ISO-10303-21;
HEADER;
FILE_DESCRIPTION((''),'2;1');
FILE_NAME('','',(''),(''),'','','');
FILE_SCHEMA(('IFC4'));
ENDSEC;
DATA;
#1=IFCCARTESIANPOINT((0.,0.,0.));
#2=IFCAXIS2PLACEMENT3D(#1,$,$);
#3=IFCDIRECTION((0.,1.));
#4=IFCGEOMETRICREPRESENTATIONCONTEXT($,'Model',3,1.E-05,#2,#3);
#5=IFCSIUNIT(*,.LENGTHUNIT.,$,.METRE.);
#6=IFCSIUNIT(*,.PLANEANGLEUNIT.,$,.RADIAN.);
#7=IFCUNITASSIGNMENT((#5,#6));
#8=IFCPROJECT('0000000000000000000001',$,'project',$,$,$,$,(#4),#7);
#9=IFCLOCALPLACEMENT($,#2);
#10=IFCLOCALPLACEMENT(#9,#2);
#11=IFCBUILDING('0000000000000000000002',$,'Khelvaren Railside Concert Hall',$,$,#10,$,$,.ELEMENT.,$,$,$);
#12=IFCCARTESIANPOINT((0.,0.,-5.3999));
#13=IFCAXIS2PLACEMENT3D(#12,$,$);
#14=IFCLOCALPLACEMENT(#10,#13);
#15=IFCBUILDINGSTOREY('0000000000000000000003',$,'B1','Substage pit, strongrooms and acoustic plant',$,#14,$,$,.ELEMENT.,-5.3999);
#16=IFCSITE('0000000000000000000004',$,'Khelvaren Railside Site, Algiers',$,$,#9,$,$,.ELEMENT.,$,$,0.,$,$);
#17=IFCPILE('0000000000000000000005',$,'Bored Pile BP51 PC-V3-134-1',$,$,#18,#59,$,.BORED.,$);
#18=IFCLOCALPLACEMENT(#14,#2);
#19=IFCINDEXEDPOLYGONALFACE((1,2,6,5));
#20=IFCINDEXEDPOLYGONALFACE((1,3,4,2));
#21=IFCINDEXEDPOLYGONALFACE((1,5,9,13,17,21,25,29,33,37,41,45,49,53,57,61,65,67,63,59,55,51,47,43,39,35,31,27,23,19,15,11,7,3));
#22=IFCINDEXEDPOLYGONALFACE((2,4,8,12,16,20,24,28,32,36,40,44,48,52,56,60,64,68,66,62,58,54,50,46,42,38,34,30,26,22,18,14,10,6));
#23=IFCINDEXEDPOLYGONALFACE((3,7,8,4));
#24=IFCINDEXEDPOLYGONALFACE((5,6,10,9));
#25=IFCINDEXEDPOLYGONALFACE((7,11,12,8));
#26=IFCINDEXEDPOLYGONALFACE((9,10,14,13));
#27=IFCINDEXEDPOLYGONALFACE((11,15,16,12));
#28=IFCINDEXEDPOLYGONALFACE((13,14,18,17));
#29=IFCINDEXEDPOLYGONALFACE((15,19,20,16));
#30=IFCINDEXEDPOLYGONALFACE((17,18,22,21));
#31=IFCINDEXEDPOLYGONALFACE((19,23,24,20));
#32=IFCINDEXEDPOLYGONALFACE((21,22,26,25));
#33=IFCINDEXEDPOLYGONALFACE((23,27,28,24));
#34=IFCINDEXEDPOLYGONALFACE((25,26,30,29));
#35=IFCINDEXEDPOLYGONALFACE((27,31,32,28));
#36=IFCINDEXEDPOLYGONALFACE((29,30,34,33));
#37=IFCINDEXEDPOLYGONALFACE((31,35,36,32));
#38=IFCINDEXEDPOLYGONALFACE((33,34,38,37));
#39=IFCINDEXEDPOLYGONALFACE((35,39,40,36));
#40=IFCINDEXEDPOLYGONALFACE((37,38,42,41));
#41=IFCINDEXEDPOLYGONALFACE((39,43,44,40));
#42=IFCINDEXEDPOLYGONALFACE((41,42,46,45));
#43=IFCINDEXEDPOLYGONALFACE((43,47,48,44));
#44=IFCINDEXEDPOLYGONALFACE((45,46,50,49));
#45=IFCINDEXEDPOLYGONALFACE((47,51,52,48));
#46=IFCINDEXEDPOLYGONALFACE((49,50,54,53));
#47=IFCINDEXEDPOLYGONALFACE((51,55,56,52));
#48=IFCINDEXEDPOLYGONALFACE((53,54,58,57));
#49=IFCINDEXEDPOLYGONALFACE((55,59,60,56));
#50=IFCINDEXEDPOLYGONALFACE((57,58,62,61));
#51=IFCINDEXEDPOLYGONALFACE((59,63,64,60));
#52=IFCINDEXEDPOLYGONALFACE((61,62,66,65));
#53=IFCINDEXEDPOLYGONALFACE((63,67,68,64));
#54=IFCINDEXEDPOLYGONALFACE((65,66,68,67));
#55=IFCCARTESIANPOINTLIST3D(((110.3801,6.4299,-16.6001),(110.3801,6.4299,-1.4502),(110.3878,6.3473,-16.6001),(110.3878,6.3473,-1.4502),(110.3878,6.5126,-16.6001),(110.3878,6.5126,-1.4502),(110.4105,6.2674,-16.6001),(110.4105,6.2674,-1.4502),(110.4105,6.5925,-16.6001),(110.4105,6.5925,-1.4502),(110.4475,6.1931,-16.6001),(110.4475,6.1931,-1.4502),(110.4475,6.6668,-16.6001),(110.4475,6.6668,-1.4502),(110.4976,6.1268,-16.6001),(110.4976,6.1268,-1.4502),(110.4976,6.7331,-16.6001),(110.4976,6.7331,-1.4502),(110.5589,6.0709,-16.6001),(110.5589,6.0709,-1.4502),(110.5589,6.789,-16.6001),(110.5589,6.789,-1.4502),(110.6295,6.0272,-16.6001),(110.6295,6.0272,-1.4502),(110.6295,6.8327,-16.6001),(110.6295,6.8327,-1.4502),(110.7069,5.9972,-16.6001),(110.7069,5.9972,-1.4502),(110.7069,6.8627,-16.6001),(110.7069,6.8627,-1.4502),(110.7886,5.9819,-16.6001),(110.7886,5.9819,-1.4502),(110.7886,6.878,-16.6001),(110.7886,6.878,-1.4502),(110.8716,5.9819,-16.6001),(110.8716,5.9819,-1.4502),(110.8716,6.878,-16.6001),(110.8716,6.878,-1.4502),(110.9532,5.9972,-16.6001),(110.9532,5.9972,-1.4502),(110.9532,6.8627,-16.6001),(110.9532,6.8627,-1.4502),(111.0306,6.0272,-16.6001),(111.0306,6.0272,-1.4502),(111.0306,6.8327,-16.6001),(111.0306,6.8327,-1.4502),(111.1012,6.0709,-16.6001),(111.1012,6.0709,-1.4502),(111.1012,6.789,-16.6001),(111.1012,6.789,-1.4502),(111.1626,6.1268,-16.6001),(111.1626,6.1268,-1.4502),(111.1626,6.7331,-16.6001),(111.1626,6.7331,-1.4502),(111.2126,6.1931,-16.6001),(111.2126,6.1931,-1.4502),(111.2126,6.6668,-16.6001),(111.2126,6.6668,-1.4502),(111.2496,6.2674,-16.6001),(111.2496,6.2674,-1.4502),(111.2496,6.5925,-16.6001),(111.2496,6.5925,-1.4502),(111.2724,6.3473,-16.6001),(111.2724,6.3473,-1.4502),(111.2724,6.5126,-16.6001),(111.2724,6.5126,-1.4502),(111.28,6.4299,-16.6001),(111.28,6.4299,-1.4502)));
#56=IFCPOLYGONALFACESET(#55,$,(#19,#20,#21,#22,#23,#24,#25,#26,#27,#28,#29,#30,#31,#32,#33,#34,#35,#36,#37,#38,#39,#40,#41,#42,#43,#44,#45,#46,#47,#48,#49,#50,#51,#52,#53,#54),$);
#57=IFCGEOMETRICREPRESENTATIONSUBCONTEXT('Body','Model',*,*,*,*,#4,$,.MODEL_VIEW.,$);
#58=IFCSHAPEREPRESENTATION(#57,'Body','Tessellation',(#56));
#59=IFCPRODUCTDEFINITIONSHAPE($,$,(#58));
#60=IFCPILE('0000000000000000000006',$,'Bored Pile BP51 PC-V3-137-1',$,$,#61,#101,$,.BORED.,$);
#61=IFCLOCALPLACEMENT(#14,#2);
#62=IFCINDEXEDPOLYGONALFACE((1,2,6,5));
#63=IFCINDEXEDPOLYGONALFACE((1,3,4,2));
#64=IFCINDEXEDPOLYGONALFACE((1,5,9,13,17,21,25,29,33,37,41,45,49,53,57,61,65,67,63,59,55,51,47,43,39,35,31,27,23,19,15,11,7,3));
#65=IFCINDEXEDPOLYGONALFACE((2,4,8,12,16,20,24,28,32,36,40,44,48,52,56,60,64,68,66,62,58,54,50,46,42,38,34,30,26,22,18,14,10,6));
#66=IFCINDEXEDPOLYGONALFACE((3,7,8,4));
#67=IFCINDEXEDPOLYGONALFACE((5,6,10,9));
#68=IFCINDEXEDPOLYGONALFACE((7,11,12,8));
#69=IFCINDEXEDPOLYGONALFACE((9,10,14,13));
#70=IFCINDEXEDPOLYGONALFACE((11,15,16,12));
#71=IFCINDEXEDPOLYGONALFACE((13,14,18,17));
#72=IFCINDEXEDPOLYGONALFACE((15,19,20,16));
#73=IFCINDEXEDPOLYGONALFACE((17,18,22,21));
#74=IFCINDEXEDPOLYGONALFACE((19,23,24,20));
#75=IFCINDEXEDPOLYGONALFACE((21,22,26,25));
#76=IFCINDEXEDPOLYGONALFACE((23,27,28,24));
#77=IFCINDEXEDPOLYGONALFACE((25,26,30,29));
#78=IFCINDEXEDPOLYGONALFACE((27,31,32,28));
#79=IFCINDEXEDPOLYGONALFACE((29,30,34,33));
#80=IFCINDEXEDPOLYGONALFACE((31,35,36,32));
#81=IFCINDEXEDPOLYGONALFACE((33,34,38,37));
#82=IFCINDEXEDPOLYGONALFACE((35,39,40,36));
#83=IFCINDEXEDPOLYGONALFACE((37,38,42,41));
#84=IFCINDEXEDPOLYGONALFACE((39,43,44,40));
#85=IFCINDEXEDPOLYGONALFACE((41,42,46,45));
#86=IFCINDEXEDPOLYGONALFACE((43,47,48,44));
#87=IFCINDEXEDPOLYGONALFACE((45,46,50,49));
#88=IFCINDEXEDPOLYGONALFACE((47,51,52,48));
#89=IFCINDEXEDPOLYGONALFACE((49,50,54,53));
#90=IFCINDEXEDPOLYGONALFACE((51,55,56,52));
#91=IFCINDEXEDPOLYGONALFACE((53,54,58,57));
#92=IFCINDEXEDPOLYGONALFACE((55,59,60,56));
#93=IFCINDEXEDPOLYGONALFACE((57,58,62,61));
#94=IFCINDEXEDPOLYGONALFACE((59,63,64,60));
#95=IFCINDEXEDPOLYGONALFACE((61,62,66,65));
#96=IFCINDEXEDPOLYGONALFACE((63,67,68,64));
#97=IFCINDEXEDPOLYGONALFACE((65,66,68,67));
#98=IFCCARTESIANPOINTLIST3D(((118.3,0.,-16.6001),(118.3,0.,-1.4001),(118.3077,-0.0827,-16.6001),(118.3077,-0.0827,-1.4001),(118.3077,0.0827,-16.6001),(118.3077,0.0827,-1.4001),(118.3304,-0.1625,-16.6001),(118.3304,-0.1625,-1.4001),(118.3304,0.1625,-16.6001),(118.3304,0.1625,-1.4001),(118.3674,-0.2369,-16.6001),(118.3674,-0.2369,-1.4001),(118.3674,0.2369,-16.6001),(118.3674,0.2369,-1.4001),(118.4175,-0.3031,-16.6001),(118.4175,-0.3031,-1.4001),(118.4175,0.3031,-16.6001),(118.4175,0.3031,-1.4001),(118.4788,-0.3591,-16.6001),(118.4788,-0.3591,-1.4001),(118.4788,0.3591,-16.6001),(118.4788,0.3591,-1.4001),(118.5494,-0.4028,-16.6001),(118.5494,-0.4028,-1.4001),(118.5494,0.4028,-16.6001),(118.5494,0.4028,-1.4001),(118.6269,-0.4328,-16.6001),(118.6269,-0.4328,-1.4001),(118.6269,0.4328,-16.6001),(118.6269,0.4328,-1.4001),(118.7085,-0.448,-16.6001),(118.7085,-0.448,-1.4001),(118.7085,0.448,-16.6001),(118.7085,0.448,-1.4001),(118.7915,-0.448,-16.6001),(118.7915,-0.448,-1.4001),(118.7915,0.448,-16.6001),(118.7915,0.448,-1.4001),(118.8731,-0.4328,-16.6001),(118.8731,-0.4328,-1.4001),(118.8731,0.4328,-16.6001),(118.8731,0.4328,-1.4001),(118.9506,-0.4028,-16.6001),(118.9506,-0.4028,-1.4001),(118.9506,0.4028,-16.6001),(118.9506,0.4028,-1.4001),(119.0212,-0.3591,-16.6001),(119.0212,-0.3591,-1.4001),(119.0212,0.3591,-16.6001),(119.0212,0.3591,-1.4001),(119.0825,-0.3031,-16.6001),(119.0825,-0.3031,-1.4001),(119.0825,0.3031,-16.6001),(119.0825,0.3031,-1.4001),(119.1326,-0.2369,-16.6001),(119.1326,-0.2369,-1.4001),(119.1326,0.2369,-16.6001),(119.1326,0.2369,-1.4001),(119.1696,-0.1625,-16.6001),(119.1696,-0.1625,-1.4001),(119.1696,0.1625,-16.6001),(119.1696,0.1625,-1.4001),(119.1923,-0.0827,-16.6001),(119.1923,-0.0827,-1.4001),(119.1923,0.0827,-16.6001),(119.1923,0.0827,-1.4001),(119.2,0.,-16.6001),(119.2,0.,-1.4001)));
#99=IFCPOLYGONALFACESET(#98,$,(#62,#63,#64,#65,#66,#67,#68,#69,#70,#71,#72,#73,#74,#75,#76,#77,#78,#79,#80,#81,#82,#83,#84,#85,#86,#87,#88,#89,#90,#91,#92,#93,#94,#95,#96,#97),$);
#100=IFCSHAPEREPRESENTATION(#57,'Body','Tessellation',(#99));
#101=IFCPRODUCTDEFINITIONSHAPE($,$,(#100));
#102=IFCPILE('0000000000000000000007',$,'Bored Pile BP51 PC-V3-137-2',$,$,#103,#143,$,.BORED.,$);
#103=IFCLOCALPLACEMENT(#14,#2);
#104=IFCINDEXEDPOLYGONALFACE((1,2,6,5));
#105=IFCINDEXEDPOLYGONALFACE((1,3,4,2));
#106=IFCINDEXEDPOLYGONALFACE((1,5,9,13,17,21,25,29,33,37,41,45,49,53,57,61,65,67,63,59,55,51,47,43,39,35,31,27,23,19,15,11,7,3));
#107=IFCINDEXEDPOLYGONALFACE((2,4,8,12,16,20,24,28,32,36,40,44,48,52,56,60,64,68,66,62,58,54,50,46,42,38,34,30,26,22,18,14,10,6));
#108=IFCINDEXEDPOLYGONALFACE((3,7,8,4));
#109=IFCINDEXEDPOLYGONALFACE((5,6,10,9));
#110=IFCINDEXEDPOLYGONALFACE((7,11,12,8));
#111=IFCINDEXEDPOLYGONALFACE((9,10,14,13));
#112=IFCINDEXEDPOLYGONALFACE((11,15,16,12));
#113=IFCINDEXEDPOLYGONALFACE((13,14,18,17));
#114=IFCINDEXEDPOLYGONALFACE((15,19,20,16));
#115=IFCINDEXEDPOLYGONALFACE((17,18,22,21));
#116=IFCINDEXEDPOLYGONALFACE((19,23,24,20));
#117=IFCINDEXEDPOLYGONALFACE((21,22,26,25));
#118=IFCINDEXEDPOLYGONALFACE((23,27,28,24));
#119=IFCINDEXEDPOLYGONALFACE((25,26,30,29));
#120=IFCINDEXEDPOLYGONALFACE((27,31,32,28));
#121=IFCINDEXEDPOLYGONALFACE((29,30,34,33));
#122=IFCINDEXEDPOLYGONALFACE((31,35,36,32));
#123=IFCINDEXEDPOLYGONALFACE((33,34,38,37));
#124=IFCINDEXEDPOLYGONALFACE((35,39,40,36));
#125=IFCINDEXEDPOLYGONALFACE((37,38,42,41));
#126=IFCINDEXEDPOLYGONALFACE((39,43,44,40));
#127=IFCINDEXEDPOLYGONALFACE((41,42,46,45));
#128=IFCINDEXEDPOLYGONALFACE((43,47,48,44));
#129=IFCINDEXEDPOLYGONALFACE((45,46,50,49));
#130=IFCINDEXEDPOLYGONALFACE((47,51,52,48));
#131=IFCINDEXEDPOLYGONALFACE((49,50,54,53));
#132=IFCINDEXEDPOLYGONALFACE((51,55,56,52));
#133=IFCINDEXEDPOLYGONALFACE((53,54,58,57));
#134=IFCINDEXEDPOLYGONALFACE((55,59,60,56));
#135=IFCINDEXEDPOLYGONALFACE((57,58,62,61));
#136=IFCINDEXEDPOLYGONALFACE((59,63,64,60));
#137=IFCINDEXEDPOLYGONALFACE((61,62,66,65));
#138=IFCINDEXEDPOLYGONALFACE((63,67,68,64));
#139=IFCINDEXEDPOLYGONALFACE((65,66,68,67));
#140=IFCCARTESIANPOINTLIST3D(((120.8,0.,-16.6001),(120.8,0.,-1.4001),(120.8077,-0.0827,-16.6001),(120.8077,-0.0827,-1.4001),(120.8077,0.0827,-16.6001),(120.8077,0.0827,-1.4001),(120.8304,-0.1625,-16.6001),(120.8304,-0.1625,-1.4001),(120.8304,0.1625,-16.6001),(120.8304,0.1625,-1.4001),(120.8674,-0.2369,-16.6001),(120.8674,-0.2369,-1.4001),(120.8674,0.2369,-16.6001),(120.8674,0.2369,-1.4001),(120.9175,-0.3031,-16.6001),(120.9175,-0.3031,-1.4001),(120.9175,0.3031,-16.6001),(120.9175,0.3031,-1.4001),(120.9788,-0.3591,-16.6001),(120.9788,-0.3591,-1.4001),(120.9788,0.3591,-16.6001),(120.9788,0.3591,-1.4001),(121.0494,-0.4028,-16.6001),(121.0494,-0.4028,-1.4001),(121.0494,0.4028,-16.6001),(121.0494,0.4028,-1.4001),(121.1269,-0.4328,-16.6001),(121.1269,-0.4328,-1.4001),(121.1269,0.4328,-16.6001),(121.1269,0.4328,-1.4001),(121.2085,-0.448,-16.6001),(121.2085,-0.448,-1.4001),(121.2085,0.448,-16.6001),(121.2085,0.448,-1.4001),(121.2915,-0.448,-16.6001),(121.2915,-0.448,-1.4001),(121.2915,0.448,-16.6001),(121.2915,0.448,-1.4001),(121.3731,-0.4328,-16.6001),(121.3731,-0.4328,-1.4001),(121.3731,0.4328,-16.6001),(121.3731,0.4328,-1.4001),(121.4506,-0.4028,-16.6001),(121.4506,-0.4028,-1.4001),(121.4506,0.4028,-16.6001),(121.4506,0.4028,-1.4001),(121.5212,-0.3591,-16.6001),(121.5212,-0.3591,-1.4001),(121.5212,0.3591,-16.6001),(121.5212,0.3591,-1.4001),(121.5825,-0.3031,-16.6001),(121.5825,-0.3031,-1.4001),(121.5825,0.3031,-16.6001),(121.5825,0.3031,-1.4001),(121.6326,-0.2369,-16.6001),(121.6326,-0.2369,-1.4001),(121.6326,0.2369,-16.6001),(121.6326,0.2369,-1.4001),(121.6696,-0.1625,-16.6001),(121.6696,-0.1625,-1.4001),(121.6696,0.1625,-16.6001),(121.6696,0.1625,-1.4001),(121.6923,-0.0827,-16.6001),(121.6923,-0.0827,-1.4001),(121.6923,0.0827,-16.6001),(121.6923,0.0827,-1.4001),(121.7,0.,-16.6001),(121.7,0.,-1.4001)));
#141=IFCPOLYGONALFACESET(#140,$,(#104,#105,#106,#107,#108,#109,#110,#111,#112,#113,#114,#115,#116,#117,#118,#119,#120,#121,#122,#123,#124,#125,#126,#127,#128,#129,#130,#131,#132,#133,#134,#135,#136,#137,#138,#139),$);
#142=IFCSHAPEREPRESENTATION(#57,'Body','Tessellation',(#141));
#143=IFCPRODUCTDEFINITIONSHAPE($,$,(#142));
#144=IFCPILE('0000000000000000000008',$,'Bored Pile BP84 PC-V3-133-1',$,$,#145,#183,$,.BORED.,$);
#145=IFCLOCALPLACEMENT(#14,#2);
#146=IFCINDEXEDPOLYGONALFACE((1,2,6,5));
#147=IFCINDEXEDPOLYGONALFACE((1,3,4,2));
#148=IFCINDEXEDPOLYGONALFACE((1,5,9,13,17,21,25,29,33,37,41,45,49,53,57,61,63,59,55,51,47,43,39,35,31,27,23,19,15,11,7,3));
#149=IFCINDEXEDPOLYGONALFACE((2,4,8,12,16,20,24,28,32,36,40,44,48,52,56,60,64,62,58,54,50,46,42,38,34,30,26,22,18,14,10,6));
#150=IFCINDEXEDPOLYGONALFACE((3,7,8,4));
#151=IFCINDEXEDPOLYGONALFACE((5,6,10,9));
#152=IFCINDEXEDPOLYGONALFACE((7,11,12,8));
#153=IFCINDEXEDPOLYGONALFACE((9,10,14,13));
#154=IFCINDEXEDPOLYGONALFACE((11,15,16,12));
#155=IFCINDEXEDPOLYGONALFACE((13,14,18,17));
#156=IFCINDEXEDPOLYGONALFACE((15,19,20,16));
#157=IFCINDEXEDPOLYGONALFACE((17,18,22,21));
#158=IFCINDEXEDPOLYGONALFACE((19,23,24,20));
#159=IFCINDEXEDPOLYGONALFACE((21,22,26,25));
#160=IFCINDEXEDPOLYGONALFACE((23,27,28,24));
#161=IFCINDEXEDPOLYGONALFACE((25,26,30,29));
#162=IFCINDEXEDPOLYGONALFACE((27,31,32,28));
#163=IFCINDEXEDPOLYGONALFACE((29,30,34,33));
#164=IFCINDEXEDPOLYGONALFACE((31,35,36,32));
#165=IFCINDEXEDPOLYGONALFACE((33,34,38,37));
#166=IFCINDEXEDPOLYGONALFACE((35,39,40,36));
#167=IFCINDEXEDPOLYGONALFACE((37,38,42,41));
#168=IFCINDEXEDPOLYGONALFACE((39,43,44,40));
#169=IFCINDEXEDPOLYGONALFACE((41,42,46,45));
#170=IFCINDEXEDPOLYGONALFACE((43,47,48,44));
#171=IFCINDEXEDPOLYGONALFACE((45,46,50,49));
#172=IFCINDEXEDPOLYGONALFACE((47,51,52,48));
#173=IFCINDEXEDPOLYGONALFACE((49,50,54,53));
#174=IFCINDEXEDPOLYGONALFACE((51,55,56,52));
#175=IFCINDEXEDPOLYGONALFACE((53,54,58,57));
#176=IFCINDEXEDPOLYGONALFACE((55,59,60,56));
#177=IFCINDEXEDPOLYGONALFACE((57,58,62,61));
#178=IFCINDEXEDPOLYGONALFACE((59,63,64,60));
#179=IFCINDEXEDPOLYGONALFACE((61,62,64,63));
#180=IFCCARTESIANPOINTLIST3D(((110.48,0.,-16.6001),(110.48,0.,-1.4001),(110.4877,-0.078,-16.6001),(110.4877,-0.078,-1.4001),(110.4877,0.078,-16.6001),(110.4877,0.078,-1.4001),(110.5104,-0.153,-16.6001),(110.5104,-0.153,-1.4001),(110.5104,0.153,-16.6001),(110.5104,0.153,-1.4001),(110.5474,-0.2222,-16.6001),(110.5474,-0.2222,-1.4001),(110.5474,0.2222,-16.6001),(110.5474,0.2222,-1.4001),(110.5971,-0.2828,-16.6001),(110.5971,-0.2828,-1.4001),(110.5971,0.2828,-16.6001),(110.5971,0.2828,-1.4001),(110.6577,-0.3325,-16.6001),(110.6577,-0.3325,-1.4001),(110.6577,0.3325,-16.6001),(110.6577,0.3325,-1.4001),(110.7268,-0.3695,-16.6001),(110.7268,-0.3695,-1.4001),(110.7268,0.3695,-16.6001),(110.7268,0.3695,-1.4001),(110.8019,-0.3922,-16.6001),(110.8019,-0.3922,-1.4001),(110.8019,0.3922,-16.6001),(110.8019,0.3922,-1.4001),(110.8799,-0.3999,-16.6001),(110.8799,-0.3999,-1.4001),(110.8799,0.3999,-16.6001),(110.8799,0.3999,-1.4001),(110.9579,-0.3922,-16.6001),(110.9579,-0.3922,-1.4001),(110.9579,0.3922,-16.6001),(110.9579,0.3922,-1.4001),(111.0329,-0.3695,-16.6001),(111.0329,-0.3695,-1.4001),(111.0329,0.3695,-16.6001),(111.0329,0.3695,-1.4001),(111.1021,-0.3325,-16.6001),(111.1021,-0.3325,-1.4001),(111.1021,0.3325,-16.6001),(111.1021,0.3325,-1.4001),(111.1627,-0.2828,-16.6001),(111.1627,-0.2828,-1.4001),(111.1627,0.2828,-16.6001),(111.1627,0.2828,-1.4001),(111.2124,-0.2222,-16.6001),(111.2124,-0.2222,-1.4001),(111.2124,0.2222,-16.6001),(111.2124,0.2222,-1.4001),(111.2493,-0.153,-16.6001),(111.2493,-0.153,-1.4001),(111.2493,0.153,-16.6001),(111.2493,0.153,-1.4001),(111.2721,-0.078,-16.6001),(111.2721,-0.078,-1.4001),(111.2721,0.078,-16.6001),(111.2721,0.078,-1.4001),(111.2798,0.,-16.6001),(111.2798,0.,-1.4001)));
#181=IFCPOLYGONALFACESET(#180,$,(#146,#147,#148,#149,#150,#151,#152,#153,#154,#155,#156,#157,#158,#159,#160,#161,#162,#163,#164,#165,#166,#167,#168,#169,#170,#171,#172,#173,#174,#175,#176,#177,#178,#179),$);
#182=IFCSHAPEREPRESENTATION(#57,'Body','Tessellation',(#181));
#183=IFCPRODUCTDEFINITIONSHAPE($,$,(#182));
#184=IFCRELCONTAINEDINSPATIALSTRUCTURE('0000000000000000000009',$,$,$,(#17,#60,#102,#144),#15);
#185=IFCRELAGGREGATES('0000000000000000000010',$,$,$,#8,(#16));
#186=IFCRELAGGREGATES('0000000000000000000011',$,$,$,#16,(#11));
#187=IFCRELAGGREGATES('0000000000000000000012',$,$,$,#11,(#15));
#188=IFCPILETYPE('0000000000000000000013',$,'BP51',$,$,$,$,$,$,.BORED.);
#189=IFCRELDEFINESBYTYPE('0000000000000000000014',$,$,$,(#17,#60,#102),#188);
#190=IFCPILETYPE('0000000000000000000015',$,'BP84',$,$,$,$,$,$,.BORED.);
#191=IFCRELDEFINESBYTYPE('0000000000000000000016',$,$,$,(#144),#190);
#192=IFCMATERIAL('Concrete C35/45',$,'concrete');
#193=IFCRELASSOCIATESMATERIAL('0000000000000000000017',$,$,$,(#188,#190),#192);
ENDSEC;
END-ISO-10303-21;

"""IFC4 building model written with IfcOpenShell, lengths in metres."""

from ifc_helpers import new_model, si_unit, direction, frame, origin, origin_2d, place, context, subcontext, project, spatial, circle, extrude, material, material_profile, profile_set, type_object, element, save


model = new_model("IFC4")

# Units and contexts
model_context = context("Model", 3, precision=1e-05, world=origin(), true_north=direction((0.0, 1.0)))
body_context = subcontext(model_context, "Body", "Model", "MODEL_VIEW")
ifc_project = project(units=[si_unit("LENGTHUNIT", "METRE"), si_unit("PLANEANGLEUNIT", "RADIAN")], contexts=[model_context])

# Site, building, storey
site_placement = place(None, origin())
site = spatial("IfcSite", under=ifc_project, at=site_placement, Name="Khelvaren Railside Site, Algiers", CompositionType="ELEMENT", RefElevation=0.0)
building_placement = place(site_placement, origin())
building = spatial("IfcBuilding", under=site, at=building_placement, Name="Khelvaren Railside Concert Hall", CompositionType="ELEMENT")
storey_placement = place(building_placement, frame((0.0, 0.0, -5.3999)))
storey = spatial("IfcBuildingStorey", under=building, at=storey_placement, Name="B1", Description="Substage pit, strongrooms and acoustic plant", CompositionType="ELEMENT", Elevation=-5.3999)

# Piles
ifc_material_1 = material(Name="Concrete C35/45", Category="concrete")
ifc_material_profile_1 = material_profile(ifc_material_1, circle(Radius=0.45, at=origin_2d()), Name="BP D900")
ifc_profile_set_1 = profile_set([ifc_material_profile_1], Name="Concrete C35/45")
pile_type_1 = type_object("IfcPileType", Name="BP51", PredefinedType="BORED", material=ifc_profile_set_1)
pile_placement = place(storey_placement, frame((110.8301, 6.4299, -1.4502), z_axis=(0.0, 0.0, -1.0), x_axis=(1.0, 0.0, 0.0)))
element("IfcPile", 1, at=pile_placement, inside=storey, type_object=pile_type_1, Name="Bored Pile BP51 PC-V3-134-1", PredefinedType="BORED", context=body_context, shape_type="SweptSolid", body=[
    extrude(circle(Radius=0.45, at=origin_2d()), origin(), (0.0, 0.0, 1.0), 15.1499),
])
for number, where, z_axis, x_axis, name in (
    (2, (118.75, 0.0, -1.4001), (0.0, 0.0, -1.0), (1.0, 0.0, 0.0), "Bored Pile BP51 PC-V3-137-1"),
    (3, (121.25, 0.0, -1.4001), (0.0, 0.0, -1.0), (1.0, 0.0, 0.0), "Bored Pile BP51 PC-V3-137-2"),
):
    element("IfcPile", number, at=place(storey_placement, frame(where, z_axis=z_axis, x_axis=x_axis)), inside=storey, type_object=pile_type_1, Name=name, PredefinedType="BORED", context=body_context, shape_type="SweptSolid", body=[
        extrude(circle(Radius=0.45, at=origin_2d()), origin(), (0.0, 0.0, 1.0), 15.2),
    ])
ifc_material_profile_2 = material_profile(ifc_material_1, circle(Radius=0.3999, at=origin_2d()), Name="BP D800")
ifc_profile_set_2 = profile_set([ifc_material_profile_2], Name="Concrete C35/45")
pile_type_2 = type_object("IfcPileType", Name="BP84", PredefinedType="BORED", material=ifc_profile_set_2)
for number, where, z_axis, x_axis, name in (
    (4, (110.8799, 0.0, -1.4001), (0.0, 0.0, -1.0), (1.0, 0.0, 0.0), "Bored Pile BP84 PC-V3-133-1"),
):
    element("IfcPile", number, at=place(storey_placement, frame(where, z_axis=z_axis, x_axis=x_axis)), inside=storey, type_object=pile_type_2, Name=name, PredefinedType="BORED", context=body_context, shape_type="SweptSolid", body=[
        extrude(circle(Radius=0.3999, at=origin_2d()), origin(), (0.0, 0.0, 1.0), 15.2),
    ])

save(model, "model.ifc")
